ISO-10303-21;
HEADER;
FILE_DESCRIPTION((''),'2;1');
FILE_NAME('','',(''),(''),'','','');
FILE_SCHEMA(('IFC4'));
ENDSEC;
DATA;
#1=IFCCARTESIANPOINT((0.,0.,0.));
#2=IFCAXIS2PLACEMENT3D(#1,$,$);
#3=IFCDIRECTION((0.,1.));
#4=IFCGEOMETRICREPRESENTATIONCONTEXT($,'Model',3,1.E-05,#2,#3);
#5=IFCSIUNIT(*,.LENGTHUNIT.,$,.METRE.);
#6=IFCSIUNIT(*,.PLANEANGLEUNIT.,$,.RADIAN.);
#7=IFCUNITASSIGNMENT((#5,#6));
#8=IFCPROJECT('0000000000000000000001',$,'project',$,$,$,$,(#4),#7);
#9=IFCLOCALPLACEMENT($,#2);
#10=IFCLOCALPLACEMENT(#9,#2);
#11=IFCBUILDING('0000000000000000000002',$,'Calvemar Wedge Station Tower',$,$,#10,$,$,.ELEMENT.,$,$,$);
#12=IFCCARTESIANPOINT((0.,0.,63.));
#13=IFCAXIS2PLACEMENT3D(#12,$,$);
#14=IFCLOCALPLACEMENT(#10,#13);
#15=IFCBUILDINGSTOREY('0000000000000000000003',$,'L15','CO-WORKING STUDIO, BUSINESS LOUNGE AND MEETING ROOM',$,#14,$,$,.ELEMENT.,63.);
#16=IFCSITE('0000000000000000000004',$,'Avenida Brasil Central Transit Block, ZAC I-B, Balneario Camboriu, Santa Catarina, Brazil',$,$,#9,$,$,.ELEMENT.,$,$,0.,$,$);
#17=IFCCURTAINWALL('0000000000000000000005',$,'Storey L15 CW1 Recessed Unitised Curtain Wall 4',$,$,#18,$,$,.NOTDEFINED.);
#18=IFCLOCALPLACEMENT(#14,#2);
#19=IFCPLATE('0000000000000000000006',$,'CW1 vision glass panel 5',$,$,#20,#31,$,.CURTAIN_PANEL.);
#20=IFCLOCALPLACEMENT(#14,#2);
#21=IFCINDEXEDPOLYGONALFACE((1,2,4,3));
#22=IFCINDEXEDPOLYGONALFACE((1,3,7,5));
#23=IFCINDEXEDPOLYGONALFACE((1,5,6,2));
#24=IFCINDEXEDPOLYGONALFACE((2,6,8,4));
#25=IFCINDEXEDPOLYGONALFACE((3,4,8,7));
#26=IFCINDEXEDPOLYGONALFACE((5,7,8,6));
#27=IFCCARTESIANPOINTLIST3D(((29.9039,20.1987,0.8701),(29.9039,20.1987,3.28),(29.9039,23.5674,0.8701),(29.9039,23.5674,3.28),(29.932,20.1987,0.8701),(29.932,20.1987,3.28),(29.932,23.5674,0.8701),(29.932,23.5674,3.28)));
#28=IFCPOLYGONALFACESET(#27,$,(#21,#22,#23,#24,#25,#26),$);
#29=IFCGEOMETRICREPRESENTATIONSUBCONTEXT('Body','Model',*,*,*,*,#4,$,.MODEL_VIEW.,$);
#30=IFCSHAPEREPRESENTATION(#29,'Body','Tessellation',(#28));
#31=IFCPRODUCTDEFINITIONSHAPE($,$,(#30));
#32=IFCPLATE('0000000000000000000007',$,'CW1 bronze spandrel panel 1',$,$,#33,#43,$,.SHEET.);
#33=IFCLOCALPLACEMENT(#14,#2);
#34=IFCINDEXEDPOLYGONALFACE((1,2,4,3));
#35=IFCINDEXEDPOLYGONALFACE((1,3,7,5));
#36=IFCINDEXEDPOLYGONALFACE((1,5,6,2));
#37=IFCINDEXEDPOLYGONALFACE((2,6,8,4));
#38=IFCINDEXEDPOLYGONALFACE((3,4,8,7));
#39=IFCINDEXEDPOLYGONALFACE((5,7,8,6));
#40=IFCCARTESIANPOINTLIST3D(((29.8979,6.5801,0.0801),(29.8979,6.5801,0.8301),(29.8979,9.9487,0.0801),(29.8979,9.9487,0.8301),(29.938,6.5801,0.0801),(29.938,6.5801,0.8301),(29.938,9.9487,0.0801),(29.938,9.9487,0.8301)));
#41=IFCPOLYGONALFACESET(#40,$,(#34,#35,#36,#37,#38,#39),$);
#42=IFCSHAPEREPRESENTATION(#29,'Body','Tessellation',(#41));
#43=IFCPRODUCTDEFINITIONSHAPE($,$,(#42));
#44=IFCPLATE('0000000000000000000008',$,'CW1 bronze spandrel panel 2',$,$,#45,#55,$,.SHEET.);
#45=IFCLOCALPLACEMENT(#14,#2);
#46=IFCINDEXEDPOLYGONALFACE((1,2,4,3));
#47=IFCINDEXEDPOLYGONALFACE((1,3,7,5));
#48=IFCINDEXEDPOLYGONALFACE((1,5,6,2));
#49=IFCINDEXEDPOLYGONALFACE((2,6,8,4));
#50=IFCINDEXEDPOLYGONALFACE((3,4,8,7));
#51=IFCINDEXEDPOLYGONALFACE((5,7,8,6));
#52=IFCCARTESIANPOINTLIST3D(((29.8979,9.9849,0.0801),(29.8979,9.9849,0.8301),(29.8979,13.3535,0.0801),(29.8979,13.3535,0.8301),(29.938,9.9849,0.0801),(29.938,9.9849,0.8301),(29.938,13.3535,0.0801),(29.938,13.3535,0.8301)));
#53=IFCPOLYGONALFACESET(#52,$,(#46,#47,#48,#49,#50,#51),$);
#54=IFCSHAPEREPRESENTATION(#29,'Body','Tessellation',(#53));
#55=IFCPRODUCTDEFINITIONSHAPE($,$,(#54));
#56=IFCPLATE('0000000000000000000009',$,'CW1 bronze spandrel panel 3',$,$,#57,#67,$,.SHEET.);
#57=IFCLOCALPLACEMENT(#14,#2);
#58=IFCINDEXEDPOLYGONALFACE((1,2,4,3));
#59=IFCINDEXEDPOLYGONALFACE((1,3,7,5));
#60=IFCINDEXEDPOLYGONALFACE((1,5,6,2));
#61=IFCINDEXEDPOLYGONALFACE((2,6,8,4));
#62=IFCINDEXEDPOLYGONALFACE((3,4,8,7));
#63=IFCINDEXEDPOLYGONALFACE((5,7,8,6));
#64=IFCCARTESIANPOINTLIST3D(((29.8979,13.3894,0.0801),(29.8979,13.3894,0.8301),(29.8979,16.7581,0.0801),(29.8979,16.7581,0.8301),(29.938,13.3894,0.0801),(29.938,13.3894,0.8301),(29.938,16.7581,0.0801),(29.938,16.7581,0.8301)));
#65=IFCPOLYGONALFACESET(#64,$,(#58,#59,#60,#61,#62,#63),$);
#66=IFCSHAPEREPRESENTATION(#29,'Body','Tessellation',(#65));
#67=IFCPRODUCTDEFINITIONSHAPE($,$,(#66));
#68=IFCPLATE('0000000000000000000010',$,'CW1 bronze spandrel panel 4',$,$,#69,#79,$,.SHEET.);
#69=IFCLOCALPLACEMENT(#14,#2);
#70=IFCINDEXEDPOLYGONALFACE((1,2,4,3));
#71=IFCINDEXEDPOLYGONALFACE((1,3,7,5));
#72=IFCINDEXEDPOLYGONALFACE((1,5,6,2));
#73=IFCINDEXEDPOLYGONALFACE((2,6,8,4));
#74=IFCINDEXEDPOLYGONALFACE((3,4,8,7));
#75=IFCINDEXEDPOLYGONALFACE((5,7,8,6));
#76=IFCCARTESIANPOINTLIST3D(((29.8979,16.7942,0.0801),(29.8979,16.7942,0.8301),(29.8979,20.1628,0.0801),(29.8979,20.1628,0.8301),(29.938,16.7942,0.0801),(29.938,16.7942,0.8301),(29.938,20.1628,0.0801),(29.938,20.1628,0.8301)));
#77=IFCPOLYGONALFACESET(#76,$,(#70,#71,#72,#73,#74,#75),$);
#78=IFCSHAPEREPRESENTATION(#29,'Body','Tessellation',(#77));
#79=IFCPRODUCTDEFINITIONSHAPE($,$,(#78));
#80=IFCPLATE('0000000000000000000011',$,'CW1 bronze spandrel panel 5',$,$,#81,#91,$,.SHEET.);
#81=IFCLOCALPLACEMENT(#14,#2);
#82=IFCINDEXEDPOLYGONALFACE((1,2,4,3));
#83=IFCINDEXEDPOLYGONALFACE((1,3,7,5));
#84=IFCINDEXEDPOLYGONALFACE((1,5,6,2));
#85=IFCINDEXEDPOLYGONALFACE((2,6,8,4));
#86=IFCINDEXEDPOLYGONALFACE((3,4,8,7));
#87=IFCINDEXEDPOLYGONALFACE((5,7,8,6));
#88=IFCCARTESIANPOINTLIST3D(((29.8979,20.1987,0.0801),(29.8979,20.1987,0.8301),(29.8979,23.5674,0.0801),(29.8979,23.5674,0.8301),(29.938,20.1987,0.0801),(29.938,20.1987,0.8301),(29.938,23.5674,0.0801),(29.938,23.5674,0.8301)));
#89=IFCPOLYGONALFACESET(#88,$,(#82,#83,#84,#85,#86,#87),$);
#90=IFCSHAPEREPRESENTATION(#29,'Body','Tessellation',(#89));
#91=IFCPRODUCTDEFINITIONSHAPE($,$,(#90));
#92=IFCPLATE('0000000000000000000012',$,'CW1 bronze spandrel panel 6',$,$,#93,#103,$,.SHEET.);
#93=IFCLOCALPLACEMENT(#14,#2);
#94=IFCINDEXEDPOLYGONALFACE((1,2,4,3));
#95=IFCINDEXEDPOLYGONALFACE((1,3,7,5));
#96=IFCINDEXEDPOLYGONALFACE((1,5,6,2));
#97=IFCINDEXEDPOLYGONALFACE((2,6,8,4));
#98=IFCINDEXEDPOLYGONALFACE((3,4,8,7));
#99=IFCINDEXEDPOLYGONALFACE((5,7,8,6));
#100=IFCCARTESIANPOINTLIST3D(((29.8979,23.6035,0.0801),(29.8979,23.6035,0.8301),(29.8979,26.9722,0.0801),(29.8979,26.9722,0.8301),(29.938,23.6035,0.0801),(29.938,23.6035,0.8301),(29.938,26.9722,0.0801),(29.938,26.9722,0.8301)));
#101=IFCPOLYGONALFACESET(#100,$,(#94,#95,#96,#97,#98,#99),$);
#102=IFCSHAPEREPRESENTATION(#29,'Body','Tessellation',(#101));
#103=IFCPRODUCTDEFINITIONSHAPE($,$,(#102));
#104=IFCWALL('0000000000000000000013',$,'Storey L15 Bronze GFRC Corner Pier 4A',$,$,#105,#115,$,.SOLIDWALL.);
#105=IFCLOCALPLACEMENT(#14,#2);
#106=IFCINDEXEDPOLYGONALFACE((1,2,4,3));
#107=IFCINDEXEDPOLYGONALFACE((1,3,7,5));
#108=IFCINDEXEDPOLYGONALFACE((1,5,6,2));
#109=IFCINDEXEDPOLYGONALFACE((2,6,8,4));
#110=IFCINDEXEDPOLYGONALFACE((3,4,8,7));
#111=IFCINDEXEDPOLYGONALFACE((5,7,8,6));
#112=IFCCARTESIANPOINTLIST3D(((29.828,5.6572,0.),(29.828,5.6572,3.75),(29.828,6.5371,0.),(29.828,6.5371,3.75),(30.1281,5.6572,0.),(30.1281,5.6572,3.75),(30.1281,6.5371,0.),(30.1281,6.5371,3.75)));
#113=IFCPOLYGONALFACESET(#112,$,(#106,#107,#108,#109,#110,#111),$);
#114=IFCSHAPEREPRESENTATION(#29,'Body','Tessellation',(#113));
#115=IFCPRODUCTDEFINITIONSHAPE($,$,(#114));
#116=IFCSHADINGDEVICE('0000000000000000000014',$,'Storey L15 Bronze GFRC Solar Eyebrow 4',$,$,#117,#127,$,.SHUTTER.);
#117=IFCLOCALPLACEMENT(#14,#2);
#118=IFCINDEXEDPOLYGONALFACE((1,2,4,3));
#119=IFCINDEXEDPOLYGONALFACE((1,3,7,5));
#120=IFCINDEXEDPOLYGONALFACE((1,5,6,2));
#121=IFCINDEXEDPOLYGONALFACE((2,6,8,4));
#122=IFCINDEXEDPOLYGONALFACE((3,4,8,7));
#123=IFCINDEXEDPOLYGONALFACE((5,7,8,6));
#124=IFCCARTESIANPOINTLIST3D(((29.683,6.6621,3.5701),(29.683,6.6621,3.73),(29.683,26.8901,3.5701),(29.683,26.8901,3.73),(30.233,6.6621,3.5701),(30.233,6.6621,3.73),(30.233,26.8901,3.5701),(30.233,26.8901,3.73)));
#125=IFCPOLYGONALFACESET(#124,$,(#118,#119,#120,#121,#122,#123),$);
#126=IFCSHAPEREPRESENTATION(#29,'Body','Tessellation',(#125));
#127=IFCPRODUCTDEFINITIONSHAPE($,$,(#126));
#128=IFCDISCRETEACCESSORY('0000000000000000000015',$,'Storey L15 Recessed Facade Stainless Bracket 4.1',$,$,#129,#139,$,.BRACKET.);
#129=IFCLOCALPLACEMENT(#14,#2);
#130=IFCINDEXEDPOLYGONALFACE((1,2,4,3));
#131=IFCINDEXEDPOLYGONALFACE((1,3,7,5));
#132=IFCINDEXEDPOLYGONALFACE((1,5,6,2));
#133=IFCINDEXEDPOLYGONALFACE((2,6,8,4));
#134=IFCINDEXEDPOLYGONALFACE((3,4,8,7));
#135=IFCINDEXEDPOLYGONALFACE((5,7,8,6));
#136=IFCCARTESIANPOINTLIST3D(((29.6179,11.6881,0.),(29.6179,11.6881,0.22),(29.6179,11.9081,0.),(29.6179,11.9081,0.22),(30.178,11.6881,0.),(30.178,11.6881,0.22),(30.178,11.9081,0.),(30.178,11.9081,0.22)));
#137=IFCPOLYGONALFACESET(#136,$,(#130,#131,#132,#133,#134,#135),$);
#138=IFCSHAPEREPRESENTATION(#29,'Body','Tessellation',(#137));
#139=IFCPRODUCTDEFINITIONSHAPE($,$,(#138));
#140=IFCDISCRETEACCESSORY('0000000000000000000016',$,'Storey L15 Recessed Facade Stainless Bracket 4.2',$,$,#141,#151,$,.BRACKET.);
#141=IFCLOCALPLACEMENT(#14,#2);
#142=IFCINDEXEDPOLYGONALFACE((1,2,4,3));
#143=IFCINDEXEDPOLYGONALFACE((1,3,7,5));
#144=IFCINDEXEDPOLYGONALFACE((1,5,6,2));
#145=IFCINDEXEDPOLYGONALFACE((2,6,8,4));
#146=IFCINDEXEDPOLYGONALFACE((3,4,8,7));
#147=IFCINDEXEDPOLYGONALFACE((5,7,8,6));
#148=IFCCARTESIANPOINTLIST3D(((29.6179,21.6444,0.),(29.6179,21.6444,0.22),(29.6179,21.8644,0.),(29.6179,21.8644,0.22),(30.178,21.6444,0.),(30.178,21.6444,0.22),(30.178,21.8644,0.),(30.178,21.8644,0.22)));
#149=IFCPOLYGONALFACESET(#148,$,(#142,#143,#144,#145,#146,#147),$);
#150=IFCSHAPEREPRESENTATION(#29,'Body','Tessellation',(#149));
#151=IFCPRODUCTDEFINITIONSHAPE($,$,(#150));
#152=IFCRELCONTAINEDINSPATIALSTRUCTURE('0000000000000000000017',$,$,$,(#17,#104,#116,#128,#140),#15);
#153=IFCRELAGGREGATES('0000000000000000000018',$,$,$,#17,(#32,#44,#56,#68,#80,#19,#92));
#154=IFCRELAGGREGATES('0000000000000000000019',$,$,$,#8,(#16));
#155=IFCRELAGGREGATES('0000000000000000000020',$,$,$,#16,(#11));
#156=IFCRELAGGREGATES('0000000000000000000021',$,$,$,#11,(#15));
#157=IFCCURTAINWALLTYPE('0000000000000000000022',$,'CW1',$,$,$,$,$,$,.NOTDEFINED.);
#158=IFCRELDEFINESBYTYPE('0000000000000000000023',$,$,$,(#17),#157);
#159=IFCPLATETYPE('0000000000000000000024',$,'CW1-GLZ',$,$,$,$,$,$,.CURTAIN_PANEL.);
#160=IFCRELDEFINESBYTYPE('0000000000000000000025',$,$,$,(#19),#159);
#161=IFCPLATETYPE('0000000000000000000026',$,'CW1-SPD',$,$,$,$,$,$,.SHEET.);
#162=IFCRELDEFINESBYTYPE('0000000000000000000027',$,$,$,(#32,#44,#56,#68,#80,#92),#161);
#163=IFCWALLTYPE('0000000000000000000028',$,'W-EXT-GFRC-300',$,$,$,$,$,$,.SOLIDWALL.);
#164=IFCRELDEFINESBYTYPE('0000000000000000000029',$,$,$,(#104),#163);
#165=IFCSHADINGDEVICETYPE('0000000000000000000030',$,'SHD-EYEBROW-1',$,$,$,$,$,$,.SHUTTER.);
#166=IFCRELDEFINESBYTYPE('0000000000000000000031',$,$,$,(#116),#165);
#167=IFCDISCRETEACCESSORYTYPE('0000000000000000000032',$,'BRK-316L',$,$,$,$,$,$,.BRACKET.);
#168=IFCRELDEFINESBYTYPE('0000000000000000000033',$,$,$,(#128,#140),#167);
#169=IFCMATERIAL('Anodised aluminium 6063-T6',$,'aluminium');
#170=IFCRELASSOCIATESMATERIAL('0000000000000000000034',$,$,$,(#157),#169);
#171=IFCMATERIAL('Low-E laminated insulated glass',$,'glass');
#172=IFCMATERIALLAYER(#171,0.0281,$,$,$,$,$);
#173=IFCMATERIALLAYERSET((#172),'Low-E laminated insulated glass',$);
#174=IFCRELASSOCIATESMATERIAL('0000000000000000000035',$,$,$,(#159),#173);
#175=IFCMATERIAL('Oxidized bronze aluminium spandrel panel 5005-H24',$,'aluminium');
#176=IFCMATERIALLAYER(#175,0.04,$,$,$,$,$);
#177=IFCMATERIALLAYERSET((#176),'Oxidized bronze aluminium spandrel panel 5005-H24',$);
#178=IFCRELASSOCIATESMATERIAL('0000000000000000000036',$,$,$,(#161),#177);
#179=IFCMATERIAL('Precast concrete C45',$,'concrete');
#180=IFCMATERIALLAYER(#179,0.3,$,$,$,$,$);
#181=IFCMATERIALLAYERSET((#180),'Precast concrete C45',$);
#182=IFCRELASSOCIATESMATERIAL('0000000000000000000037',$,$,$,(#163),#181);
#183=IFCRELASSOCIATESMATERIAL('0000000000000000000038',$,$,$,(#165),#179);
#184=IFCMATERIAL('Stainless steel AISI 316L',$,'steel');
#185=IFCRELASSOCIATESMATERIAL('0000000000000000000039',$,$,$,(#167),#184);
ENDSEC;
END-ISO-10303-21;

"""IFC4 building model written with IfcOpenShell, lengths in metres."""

from ifc_helpers import new_model, si_unit, direction, frame, frame_2d, origin, origin_2d, place, context, subcontext, project, spatial, rectangle, extrude, source, transform, mapped, material, layer, layer_set, type_object, element, aggregate, save


model = new_model("IFC4")

# Units and contexts
model_context = context("Model", 3, precision=1e-05, world=origin(), true_north=direction((0.0, 1.0)))
body_context = subcontext(model_context, "Body", "Model", "MODEL_VIEW")
ifc_project = project(units=[si_unit("LENGTHUNIT", "METRE"), si_unit("PLANEANGLEUNIT", "RADIAN")], contexts=[model_context])

# Site, building, storey
site_placement = place(None, origin())
site = spatial("IfcSite", under=ifc_project, at=site_placement, Name="Avenida Brasil Central Transit Block, ZAC I-B, Balneario Camboriu, Santa Catarina, Brazil", CompositionType="ELEMENT", RefElevation=0.0)
building_placement = place(site_placement, origin())
building = spatial("IfcBuilding", under=site, at=building_placement, Name="Calvemar Wedge Station Tower", CompositionType="ELEMENT")
storey_placement = place(building_placement, frame((0.0, 0.0, 63.0)))
storey = spatial("IfcBuildingStorey", under=building, at=storey_placement, Name="L15", Description="CO-WORKING STUDIO, BUSINESS LOUNGE AND MEETING ROOM", CompositionType="ELEMENT", Elevation=63.0)

# Curtain wall, plates
ifc_material_1 = material(Name="Anodised aluminium 6063-T6", Category="aluminium")
curtain_wall_type = type_object("IfcCurtainWallType", Name="CW1", PredefinedType="NOTDEFINED", material=ifc_material_1)
curtain_wall_placement = place(storey_placement, origin())
curtain_wall = element("IfcCurtainWall", 1, at=curtain_wall_placement, inside=storey, type_object=curtain_wall_type, Name="Storey L15 CW1 Recessed Unitised Curtain Wall 4", PredefinedType="NOTDEFINED")
ifc_material_2 = material(Name="Low-E laminated insulated glass", Category="glass")
ifc_layer_1 = layer(ifc_material_2, 0.0281)
ifc_layer_set_1 = layer_set([ifc_layer_1], Name="Low-E laminated insulated glass")
plate_type_1 = type_object("IfcPlateType", Name="CW1-GLZ", PredefinedType="CURTAIN_PANEL", material=ifc_layer_set_1)
plate_1_placement = place(storey_placement, frame((29.918, 20.1987, 0.8701), z_axis=(0.0, 0.0, 1.0), x_axis=(0.0, 1.0, 0.0)))
plate_1 = element("IfcPlate", 2, at=plate_1_placement, type_object=plate_type_1, Name="CW1 vision glass panel 5", PredefinedType="CURTAIN_PANEL", context=body_context, shape_type="SweptSolid", body=[
    extrude(rectangle(XDim=3.3687, YDim=0.0281, at=frame_2d((1.6843, 0.0))), origin(), (0.0, 0.0, 1.0), 2.4099),
])
ifc_material_3 = material(Name="Oxidized bronze aluminium spandrel panel 5005-H24", Category="aluminium")
ifc_layer_2 = layer(ifc_material_3, 0.04)
ifc_layer_set_2 = layer_set([ifc_layer_2], Name="Oxidized bronze aluminium spandrel panel 5005-H24")
plate_type_2 = type_object("IfcPlateType", Name="CW1-SPD", PredefinedType="SHEET", material=ifc_layer_set_2)
plate_2_placement = place(storey_placement, frame((29.918, 6.5801, 0.0801), z_axis=(0.0, 0.0, 1.0), x_axis=(0.0, 1.0, 0.0)))
plate_2 = element("IfcPlate", 3, at=plate_2_placement, type_object=plate_type_2, Name="CW1 bronze spandrel panel 1", PredefinedType="SHEET", context=body_context, shape_type="SweptSolid", body=[
    extrude(rectangle(XDim=3.3687, YDim=0.04, at=frame_2d((1.6843, 0.0))), origin(), (0.0, 0.0, 1.0), 0.75),
])
plate_3_placement = place(storey_placement, frame((29.918, 9.9849, 0.0801), z_axis=(0.0, 0.0, 1.0), x_axis=(0.0, 1.0, 0.0)))
plate_3 = element("IfcPlate", 4, at=plate_3_placement, type_object=plate_type_2, Name="CW1 bronze spandrel panel 2", PredefinedType="SHEET", context=body_context, shape_type="SweptSolid", body=[
    extrude(rectangle(XDim=3.3687, YDim=0.04, at=frame_2d((1.6843, 0.0))), origin(), (0.0, 0.0, 1.0), 0.75),
])
plate_4_placement = place(storey_placement, frame((29.918, 13.3894, 0.0801), z_axis=(0.0, 0.0, 1.0), x_axis=(0.0, 1.0, 0.0)))
plate_4 = element("IfcPlate", 5, at=plate_4_placement, type_object=plate_type_2, Name="CW1 bronze spandrel panel 3", PredefinedType="SHEET", context=body_context, shape_type="SweptSolid", body=[
    extrude(rectangle(XDim=3.3687, YDim=0.04, at=frame_2d((1.6843, 0.0))), origin(), (0.0, 0.0, 1.0), 0.75),
])
plate_5_placement = place(storey_placement, frame((29.918, 16.7942, 0.0801), z_axis=(0.0, 0.0, 1.0), x_axis=(0.0, 1.0, 0.0)))
plate_5 = element("IfcPlate", 6, at=plate_5_placement, type_object=plate_type_2, Name="CW1 bronze spandrel panel 4", PredefinedType="SHEET", context=body_context, shape_type="SweptSolid", body=[
    extrude(rectangle(XDim=3.3687, YDim=0.04, at=frame_2d((1.6843, 0.0))), origin(), (0.0, 0.0, 1.0), 0.75),
])
plate_6_placement = place(storey_placement, frame((29.918, 20.1987, 0.0801), z_axis=(0.0, 0.0, 1.0), x_axis=(0.0, 1.0, 0.0)))
plate_6 = element("IfcPlate", 7, at=plate_6_placement, type_object=plate_type_2, Name="CW1 bronze spandrel panel 5", PredefinedType="SHEET", context=body_context, shape_type="SweptSolid", body=[
    extrude(rectangle(XDim=3.3687, YDim=0.04, at=frame_2d((1.6843, 0.0))), origin(), (0.0, 0.0, 1.0), 0.75),
])
plate_7_placement = place(storey_placement, frame((29.918, 23.6035, 0.0801), z_axis=(0.0, 0.0, 1.0), x_axis=(0.0, 1.0, 0.0)))
plate_7 = element("IfcPlate", 8, at=plate_7_placement, type_object=plate_type_2, Name="CW1 bronze spandrel panel 6", PredefinedType="SHEET", context=body_context, shape_type="SweptSolid", body=[
    extrude(rectangle(XDim=3.3687, YDim=0.04, at=frame_2d((1.6843, 0.0))), origin(), (0.0, 0.0, 1.0), 0.75),
])
aggregate(curtain_wall, [plate_2, plate_3, plate_4, plate_5, plate_6, plate_1, plate_7])

# Wall
ifc_material_4 = material(Name="Precast concrete C45", Category="concrete")
ifc_layer_3 = layer(ifc_material_4, 0.3)
ifc_layer_set_3 = layer_set([ifc_layer_3], Name="Precast concrete C45")
wall_type = type_object("IfcWallType", Name="W-EXT-GFRC-300", PredefinedType="SOLIDWALL", material=ifc_layer_set_3)
wall_placement = place(storey_placement, frame((29.978, 5.6572, 0.0), z_axis=(0.0, 0.0, 1.0), x_axis=(0.0, 1.0, 0.0)))
element("IfcWall", 9, at=wall_placement, inside=storey, type_object=wall_type, Name="Storey L15 Bronze GFRC Corner Pier 4A", PredefinedType="SOLIDWALL", context=body_context, shape_type="SweptSolid", body=[
    extrude(rectangle(XDim=0.8799, YDim=0.3, at=frame_2d((0.4399, 0.0))), origin(), (0.0, 0.0, 1.0), 3.75),
])

# Shading device
shading_device_type = type_object("IfcShadingDeviceType", Name="SHD-EYEBROW-1", PredefinedType="SHUTTER", material=ifc_material_4)
shading_device_placement = place(storey_placement, frame((29.958, 6.6621, 3.5701), z_axis=(0.0, 0.0, 1.0), x_axis=(0.0, 1.0, 0.0)))
element("IfcShadingDevice", 10, at=shading_device_placement, inside=storey, type_object=shading_device_type, Name="Storey L15 Bronze GFRC Solar Eyebrow 4", PredefinedType="SHUTTER", context=body_context, shape_type="SweptSolid", body=[
    extrude(rectangle(XDim=20.228, YDim=0.55, at=frame_2d((10.114, 0.0))), origin(), (0.0, 0.0, 1.0), 0.1599),
])

# Discrete accessories
ifc_material_5 = material(Name="Stainless steel AISI 316L", Category="steel")
discrete_accessory_type = type_object("IfcDiscreteAccessoryType", Name="BRK-316L", PredefinedType="BRACKET", material=ifc_material_5)
shared_shape_1 = source(origin(), body_context, "Body", "SweptSolid", [
    extrude(rectangle(XDim=0.22, YDim=0.5601, at=origin_2d()), origin(), (0.0, 0.0, 1.0), 0.22),
])
for number, where, z_axis, x_axis, name in (
    (11, (29.8979, 11.7981, 0.0), (0.0, 0.0, 1.0), (0.0, 1.0, 0.0), "Storey L15 Recessed Facade Stainless Bracket 4.1"),
    (12, (29.8979, 21.7544, 0.0), (0.0, 0.0, 1.0), (0.0, 1.0, 0.0), "Storey L15 Recessed Facade Stainless Bracket 4.2"),
):
    element("IfcDiscreteAccessory", number, at=place(storey_placement, frame(where, z_axis=z_axis, x_axis=x_axis)), inside=storey, type_object=discrete_accessory_type, Name=name, PredefinedType="BRACKET", context=body_context, shape_type="MappedRepresentation", body=[
        mapped(shared_shape_1, transform((0.0, 0.0, 0.0), scale=1.0)),
    ])

save(model, "model.ifc")
